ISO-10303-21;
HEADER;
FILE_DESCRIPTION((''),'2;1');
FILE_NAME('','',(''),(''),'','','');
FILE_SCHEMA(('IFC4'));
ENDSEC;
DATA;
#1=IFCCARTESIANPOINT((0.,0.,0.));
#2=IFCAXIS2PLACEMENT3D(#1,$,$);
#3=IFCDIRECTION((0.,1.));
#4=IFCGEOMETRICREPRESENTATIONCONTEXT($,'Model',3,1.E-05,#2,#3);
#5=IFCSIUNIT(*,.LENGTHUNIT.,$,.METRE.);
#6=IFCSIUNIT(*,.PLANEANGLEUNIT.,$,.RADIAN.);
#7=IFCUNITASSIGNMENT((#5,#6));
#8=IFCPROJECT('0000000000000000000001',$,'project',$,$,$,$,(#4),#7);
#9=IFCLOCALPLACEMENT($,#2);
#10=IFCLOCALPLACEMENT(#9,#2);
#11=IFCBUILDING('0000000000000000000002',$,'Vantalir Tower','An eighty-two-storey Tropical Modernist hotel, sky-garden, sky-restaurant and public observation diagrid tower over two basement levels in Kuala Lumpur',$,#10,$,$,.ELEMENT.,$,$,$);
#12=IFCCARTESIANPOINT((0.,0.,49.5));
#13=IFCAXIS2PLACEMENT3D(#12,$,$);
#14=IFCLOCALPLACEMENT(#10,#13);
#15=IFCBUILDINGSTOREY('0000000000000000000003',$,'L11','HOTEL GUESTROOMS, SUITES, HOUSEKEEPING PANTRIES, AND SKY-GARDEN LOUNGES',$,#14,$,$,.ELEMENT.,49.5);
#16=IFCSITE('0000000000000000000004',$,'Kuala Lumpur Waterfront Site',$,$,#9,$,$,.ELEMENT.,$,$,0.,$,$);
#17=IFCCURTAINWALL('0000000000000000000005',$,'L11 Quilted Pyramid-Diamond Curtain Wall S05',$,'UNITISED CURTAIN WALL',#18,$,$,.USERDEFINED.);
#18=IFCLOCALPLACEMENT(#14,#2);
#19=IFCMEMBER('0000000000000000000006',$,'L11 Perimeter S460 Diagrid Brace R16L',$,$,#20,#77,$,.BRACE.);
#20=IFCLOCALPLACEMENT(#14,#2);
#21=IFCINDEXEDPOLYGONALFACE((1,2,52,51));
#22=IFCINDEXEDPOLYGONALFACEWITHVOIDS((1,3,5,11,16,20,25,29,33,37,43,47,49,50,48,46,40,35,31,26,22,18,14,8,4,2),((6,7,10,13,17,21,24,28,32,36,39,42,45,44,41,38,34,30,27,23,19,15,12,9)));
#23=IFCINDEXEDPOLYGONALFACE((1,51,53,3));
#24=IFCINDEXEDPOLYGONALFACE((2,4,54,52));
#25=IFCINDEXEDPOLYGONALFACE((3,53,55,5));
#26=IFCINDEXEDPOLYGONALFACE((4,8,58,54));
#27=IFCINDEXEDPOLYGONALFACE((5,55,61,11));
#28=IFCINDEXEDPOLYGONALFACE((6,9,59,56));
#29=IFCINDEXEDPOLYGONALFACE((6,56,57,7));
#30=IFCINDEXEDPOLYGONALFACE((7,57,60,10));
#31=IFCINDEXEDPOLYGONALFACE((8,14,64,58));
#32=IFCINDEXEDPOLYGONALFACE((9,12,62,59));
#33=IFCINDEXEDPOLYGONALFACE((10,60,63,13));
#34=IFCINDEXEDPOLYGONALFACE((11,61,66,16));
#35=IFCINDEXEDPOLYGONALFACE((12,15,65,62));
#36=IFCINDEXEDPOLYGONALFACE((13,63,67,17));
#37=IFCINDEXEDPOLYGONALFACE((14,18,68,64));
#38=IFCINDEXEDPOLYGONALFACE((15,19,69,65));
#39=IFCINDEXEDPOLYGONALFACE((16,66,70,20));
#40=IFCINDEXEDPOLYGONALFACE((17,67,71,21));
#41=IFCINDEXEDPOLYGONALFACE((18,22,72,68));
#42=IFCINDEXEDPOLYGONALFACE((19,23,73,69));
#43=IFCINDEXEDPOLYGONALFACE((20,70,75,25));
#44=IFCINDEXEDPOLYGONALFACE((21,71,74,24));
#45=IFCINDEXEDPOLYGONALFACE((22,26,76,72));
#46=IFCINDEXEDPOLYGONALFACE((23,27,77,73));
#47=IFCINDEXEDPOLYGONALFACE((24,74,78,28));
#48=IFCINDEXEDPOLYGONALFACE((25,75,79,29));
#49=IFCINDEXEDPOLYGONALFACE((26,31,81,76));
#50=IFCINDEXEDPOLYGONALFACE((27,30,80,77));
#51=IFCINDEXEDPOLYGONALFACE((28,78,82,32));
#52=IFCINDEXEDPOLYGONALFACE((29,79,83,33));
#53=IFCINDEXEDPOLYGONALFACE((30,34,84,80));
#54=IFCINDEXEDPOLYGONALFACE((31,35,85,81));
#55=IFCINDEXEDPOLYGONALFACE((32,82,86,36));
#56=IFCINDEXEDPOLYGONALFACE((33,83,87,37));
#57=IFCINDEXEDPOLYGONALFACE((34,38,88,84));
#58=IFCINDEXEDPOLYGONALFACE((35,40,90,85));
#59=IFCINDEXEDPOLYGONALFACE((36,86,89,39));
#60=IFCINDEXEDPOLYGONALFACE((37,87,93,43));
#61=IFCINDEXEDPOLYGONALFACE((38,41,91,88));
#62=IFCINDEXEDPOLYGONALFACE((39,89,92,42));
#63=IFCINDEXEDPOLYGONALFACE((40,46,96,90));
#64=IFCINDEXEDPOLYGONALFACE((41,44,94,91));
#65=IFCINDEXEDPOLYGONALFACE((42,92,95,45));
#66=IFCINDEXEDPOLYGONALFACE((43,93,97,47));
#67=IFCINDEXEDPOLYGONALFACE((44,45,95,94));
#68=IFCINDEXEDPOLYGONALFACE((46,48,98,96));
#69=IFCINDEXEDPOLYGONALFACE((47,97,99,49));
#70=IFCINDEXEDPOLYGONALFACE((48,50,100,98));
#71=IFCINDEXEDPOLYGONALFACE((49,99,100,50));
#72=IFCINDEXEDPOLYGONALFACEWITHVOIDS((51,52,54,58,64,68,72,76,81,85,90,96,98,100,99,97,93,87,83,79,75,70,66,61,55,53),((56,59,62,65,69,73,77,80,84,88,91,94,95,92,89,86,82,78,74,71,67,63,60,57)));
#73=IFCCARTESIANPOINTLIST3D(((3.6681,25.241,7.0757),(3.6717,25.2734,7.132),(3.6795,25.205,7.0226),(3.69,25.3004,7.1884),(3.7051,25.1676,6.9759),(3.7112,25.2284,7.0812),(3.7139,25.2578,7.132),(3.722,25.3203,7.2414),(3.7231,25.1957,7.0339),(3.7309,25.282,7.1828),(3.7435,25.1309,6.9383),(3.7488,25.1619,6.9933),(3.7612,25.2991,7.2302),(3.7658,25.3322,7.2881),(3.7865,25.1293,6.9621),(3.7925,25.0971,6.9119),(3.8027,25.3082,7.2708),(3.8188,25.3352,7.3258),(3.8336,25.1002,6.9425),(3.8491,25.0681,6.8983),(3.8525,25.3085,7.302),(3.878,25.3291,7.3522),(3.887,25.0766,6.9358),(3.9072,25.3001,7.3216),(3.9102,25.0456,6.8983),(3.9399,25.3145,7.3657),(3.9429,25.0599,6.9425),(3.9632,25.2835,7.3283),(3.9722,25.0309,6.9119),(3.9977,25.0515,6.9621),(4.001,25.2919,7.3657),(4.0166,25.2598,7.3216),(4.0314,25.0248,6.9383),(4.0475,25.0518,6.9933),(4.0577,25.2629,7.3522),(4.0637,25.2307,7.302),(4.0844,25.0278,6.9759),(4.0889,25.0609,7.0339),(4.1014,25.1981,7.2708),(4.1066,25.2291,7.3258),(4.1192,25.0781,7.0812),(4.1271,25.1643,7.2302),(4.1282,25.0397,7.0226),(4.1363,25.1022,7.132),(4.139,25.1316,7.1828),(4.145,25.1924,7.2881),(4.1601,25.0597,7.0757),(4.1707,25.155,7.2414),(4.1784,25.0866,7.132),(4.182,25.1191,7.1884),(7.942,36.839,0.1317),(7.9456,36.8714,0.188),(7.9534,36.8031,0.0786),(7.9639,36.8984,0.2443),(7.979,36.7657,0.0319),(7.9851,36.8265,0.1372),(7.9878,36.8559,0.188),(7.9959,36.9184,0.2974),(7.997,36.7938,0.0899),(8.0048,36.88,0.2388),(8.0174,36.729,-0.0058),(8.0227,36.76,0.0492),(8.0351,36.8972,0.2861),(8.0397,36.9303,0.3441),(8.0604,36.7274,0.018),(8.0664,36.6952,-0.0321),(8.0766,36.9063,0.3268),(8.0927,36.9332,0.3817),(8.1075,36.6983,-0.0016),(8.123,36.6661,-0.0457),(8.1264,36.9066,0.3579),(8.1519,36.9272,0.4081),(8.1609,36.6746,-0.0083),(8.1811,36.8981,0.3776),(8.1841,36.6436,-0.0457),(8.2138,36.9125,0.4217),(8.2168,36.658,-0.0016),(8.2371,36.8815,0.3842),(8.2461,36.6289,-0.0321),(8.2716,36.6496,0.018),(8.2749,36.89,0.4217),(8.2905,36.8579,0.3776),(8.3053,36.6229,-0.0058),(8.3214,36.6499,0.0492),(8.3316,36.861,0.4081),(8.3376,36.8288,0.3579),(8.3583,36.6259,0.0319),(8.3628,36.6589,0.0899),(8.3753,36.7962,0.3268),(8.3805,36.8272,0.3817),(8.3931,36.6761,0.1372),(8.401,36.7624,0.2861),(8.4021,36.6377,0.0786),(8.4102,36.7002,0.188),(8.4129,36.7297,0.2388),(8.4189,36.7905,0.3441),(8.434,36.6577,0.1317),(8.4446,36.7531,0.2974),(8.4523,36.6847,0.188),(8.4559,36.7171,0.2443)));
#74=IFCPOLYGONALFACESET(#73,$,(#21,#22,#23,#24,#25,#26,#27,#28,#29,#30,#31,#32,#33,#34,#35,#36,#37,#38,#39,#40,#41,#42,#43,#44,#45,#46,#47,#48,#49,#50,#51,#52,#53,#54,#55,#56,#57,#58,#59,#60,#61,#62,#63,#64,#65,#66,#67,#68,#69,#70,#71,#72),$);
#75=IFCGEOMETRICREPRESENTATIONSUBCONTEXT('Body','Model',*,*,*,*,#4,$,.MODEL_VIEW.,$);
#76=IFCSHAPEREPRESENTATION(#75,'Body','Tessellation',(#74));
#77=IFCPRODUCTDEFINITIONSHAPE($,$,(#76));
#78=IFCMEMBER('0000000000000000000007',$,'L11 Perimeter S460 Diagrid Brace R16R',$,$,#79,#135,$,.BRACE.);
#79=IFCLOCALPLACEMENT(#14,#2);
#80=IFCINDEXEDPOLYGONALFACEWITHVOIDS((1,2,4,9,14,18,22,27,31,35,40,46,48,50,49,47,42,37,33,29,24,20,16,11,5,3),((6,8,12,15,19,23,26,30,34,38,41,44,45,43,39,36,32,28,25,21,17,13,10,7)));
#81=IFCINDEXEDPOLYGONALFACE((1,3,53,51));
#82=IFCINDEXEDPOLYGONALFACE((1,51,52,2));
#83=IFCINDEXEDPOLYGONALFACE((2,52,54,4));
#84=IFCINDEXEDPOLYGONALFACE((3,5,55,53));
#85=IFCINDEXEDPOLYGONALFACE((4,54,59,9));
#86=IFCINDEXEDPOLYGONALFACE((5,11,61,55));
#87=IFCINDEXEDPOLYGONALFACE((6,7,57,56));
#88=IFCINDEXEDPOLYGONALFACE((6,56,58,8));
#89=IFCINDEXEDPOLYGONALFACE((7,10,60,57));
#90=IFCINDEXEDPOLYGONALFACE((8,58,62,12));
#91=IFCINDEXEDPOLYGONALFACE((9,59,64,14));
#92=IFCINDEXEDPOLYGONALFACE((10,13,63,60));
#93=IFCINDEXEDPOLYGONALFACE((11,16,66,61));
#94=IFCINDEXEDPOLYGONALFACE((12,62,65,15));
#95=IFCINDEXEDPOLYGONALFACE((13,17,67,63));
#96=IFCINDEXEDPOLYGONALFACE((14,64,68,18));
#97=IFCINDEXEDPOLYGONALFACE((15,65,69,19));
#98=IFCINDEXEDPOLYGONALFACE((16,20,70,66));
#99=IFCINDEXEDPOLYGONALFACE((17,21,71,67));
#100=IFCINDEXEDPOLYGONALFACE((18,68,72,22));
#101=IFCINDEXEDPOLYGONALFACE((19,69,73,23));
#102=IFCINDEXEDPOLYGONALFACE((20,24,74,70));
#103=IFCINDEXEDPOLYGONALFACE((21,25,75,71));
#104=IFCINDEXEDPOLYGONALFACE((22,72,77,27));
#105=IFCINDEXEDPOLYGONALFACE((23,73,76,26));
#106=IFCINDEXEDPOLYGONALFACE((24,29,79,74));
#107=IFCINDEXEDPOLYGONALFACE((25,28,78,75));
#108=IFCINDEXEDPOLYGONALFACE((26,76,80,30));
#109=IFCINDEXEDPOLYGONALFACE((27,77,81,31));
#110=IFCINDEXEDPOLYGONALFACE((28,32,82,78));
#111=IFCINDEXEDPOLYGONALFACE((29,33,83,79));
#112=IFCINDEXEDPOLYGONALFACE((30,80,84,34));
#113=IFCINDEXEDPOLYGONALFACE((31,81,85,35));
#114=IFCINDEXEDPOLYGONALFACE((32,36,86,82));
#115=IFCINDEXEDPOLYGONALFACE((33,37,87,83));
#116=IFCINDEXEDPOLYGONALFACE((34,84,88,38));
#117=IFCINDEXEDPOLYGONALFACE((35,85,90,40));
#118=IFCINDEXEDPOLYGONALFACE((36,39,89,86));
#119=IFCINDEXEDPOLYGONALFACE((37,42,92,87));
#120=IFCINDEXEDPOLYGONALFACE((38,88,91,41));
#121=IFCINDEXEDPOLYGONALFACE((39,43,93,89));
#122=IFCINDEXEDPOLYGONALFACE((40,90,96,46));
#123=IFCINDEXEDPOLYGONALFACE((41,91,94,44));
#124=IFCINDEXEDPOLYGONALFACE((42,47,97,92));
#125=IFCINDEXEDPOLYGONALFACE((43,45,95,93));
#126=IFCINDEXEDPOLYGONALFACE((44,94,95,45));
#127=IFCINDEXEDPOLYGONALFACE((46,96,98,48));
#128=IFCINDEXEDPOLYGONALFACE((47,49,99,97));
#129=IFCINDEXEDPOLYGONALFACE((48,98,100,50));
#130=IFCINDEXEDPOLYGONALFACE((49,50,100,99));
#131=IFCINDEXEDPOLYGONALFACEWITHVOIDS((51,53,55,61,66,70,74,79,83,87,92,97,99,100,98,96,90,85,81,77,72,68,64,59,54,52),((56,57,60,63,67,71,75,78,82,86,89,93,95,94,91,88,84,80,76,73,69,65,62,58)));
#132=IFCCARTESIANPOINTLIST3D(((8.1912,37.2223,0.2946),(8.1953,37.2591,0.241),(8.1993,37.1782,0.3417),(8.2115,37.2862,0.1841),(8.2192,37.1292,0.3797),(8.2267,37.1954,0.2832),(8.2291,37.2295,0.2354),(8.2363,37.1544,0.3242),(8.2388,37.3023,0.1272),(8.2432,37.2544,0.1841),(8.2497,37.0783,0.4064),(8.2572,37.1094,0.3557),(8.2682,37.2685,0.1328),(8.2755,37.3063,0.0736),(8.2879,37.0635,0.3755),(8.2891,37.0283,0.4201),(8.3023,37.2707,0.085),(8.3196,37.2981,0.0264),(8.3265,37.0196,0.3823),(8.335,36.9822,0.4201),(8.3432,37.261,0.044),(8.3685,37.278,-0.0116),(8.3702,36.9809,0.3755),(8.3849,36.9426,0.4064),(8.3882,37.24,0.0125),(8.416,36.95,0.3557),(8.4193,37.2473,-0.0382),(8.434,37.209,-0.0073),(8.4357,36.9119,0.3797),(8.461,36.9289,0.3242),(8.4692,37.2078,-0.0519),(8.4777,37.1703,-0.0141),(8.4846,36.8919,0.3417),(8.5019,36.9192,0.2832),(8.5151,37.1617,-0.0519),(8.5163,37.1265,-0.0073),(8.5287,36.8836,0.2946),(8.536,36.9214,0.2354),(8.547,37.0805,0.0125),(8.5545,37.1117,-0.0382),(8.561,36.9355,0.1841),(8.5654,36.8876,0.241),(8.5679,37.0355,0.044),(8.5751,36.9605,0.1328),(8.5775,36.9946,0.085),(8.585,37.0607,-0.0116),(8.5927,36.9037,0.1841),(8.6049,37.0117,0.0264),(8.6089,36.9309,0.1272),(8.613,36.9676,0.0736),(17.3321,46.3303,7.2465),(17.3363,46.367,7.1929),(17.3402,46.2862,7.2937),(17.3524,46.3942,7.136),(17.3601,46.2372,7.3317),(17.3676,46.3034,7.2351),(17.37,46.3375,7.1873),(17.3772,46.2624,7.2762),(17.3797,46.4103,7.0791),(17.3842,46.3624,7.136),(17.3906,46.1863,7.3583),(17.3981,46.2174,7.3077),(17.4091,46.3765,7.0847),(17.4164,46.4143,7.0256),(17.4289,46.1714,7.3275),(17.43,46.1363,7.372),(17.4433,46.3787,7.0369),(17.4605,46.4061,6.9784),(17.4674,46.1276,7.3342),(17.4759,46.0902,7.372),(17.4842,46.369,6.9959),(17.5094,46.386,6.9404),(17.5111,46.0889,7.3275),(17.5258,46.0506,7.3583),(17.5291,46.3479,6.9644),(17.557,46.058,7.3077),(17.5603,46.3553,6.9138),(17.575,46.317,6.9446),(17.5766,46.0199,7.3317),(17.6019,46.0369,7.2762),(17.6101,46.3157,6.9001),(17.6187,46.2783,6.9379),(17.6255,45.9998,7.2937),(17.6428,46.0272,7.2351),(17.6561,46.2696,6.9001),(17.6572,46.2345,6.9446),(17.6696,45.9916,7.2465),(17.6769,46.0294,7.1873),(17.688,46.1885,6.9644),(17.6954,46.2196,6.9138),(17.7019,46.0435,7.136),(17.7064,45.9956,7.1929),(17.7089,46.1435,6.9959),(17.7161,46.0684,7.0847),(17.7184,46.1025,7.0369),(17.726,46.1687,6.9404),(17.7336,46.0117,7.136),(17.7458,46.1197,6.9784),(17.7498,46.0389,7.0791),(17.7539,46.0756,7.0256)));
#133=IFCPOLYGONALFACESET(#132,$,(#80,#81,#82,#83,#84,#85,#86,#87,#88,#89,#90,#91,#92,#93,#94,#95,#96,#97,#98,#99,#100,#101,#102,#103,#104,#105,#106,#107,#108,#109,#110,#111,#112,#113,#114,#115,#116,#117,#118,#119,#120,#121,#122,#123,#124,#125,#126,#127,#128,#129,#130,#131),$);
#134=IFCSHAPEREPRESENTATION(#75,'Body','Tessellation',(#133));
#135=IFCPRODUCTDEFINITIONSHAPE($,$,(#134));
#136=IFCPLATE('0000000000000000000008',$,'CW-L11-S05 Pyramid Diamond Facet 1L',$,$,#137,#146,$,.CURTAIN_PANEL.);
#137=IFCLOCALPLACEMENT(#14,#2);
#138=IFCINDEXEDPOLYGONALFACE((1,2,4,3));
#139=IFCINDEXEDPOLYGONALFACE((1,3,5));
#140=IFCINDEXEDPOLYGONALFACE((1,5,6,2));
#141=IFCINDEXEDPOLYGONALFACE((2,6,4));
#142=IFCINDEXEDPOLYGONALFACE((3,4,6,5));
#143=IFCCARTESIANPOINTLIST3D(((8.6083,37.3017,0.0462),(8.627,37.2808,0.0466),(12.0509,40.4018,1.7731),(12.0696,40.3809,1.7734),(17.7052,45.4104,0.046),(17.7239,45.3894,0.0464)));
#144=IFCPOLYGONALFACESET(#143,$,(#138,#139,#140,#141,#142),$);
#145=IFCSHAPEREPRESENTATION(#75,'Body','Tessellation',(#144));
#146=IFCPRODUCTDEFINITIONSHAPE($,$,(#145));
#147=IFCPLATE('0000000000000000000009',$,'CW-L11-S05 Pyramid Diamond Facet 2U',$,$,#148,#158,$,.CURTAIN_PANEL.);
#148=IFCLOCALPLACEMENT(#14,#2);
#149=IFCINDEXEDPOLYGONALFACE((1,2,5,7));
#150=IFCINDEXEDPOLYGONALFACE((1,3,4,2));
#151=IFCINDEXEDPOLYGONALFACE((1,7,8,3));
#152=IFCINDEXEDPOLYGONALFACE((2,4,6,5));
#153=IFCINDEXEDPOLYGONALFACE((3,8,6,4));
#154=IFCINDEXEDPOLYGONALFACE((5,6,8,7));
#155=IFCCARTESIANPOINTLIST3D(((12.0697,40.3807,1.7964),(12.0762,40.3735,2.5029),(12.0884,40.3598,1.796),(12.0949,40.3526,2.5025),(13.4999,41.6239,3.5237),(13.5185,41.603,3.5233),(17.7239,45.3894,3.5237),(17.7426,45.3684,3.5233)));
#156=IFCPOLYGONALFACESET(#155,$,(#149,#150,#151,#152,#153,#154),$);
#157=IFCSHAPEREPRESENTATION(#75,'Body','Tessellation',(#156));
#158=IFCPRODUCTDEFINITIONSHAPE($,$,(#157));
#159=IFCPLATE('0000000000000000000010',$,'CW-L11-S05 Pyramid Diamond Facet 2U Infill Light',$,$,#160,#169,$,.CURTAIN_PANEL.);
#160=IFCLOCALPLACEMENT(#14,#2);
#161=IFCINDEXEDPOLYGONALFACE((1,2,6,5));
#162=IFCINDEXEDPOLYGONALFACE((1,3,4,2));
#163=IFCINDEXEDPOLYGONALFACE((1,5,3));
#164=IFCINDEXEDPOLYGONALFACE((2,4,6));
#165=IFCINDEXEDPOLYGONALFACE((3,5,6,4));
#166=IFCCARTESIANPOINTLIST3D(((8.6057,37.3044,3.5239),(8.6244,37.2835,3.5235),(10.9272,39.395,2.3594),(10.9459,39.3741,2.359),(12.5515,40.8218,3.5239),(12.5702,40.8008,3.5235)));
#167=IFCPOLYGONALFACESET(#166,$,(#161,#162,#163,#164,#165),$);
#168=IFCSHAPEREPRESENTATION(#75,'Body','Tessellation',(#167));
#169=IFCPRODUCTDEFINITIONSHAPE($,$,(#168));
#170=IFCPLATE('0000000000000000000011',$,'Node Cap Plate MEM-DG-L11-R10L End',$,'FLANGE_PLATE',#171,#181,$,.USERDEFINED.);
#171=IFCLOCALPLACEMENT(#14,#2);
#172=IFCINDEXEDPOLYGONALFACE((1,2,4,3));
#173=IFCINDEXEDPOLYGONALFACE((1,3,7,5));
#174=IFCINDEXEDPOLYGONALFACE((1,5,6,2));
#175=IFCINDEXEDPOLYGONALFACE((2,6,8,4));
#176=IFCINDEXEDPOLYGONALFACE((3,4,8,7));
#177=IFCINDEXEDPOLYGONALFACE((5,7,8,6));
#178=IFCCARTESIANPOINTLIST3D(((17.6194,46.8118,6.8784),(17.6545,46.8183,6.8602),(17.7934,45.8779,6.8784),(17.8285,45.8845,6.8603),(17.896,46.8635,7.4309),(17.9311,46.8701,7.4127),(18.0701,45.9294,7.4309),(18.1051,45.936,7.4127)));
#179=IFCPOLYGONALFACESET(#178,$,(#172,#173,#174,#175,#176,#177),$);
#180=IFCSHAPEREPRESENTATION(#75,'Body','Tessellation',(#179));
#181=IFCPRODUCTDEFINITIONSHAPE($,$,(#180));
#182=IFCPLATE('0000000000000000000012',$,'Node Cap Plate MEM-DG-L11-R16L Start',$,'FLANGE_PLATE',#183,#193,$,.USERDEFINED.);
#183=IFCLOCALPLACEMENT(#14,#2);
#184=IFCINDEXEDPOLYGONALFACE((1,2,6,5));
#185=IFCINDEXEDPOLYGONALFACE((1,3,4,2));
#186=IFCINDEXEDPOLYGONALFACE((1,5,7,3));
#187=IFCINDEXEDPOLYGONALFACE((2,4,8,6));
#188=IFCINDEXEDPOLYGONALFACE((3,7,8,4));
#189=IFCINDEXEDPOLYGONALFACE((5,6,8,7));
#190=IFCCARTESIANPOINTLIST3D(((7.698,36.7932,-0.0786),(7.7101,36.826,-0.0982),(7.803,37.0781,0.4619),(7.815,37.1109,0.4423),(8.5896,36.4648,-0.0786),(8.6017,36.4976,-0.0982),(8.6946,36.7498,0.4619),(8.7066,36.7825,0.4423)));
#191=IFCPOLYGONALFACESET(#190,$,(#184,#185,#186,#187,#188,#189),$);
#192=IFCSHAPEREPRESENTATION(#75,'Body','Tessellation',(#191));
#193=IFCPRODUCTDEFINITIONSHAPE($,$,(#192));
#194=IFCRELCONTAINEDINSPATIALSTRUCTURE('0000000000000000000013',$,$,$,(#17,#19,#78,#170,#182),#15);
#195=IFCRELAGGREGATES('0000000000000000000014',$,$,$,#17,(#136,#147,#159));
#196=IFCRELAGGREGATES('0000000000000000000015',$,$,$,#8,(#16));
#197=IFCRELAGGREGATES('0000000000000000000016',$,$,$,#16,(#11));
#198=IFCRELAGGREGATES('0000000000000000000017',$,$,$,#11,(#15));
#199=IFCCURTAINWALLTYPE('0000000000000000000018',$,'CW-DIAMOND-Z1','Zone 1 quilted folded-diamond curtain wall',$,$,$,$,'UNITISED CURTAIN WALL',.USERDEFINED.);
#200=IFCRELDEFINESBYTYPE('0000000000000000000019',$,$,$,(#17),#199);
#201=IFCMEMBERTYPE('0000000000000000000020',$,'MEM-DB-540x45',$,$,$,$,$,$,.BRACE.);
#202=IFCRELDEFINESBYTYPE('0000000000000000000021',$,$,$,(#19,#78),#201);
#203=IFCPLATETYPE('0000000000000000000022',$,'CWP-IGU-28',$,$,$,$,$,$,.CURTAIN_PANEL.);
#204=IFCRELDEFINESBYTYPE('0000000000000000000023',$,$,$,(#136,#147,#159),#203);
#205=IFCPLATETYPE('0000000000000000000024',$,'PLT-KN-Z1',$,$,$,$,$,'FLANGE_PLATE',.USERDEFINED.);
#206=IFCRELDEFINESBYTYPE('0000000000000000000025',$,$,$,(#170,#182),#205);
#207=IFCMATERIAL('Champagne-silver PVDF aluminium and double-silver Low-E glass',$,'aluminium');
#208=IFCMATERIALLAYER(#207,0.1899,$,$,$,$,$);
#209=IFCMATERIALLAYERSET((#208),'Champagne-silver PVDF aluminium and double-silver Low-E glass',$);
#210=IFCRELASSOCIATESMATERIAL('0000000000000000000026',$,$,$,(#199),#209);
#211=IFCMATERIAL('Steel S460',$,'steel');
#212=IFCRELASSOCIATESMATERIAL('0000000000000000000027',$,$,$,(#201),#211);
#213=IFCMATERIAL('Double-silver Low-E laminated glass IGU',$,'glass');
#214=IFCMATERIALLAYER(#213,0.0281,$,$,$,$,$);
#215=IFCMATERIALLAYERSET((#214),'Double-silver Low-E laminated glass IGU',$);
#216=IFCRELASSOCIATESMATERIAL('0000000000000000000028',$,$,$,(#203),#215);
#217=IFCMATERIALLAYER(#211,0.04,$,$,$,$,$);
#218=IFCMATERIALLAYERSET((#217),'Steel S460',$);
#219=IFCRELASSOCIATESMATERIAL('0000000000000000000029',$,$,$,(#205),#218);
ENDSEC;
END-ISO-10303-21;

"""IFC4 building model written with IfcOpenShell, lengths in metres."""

from ifc_helpers import new_model, si_unit, direction, frame, origin, origin_2d, place, context, subcontext, project, spatial, polyline, hollow_circle, outline, extrude, material, layer, layer_set, material_profile, profile_set, type_object, element, aggregate, save


model = new_model("IFC4")

# Units and contexts
model_context = context("Model", 3, precision=1e-05, world=origin(), true_north=direction((0.0, 1.0)))
body_context = subcontext(model_context, "Body", "Model", "MODEL_VIEW")
ifc_project = project(units=[si_unit("LENGTHUNIT", "METRE"), si_unit("PLANEANGLEUNIT", "RADIAN")], contexts=[model_context])

# Site, building, storey
site_placement = place(None, origin())
site = spatial("IfcSite", under=ifc_project, at=site_placement, Name="Kuala Lumpur Waterfront Site", CompositionType="ELEMENT", RefElevation=0.0)
building_placement = place(site_placement, origin())
building = spatial("IfcBuilding", under=site, at=building_placement, Name="Vantalir Tower", Description="An eighty-two-storey Tropical Modernist hotel, sky-garden, sky-restaurant and public observation diagrid tower over two basement levels in Kuala Lumpur", CompositionType="ELEMENT")
storey_placement = place(building_placement, frame((0.0, 0.0, 49.5)))
storey = spatial("IfcBuildingStorey", under=building, at=storey_placement, Name="L11", Description="HOTEL GUESTROOMS, SUITES, HOUSEKEEPING PANTRIES, AND SKY-GARDEN LOUNGES", CompositionType="ELEMENT", Elevation=49.5)

# Shared definitions
ifc_material_1 = material(Name="Steel S460", Category="steel")

# Shared definitions
ifc_material_2 = material(Name="Champagne-silver PVDF aluminium and double-silver Low-E glass", Category="aluminium")
ifc_layer_1 = layer(ifc_material_2, 0.1899)
ifc_layer_set_1 = layer_set([ifc_layer_1], Name="Champagne-silver PVDF aluminium and double-silver Low-E glass")
curtain_wall_type = type_object("IfcCurtainWallType", Name="CW-DIAMOND-Z1", Description="Zone 1 quilted folded-diamond curtain wall", ElementType="UNITISED CURTAIN WALL", PredefinedType="USERDEFINED", material=ifc_layer_set_1)

# Curtain wall
curtain_wall_1_placement = place(storey_placement, origin())
curtain_wall_1 = element("IfcCurtainWall", 1, at=curtain_wall_1_placement, inside=storey, type_object=curtain_wall_type, Name="L11 Quilted Pyramid-Diamond Curtain Wall S05", ObjectType="UNITISED CURTAIN WALL", PredefinedType="USERDEFINED")

# Members
ifc_material_profile_1 = material_profile(ifc_material_1, hollow_circle(Radius=0.27, WallThickness=0.0449, at=origin_2d()), Name="Steel S460")
ifc_profile_set_1 = profile_set([ifc_material_profile_1], Name="Steel S460")
member_type_1 = type_object("IfcMemberType", Name="MEM-DB-540x45", PredefinedType="BRACE", material=ifc_profile_set_1)
member_1_placement = place(storey_placement, frame((8.199, 36.7781, 0.188), z_axis=(-0.301457, -0.818062, 0.489794), x_axis=(0.938319, -0.345771, 0.0)))
element("IfcMember", 2, at=member_1_placement, inside=storey, type_object=member_type_1, Name="L11 Perimeter S460 Diagrid Brace R16L", PredefinedType="BRACE", context=body_context, shape_type="SweptSolid", body=[
    extrude(hollow_circle(Radius=0.27, WallThickness=0.0449, at=origin_2d()), origin(), (0.0, 0.0, 1.0), 14.1775),
])
member_2_placement = place(storey_placement, frame((8.4021, 37.095, 0.1841), z_axis=(0.623636, 0.621388, 0.474294), x_axis=(-0.705829, 0.708383, 0.0)))
element("IfcMember", 3, at=member_2_placement, inside=storey, type_object=member_type_1, Name="L11 Perimeter S460 Diagrid Brace R16R", PredefinedType="BRACE", context=body_context, shape_type="SweptSolid", body=[
    extrude(hollow_circle(Radius=0.27, WallThickness=0.0449, at=origin_2d()), origin(), (0.0, 0.0, 1.0), 14.6575),
])

# Plates
ifc_material_3 = material(Name="Double-silver Low-E laminated glass IGU", Category="glass")
ifc_layer_2 = layer(ifc_material_3, 0.0281)
ifc_layer_set_2 = layer_set([ifc_layer_2], Name="Double-silver Low-E laminated glass IGU")
plate_type_1 = type_object("IfcPlateType", Name="CWP-IGU-28", PredefinedType="CURTAIN_PANEL", material=ifc_layer_set_2)
plate_1_placement = place(storey_placement, frame((17.7239, 45.3894, 0.0464), z_axis=(0.665333, -0.746423, 0.013604), x_axis=(-0.746492, -0.665394, 0.00002)))
plate_1 = element("IfcPlate", 4, at=plate_1_placement, type_object=plate_type_1, Name="CW-L11-S05 Pyramid Diamond Facet 1L", PredefinedType="CURTAIN_PANEL", context=body_context, shape_type="SweptSolid", body=[
    extrude(outline(polyline([(0.0, 0.0), (12.1862, 0.0), (7.5536, -1.7271), (0.0, 0.0)])), origin(), (0.0, 0.0, -1.0), 0.0281),
])
plate_2_placement = place(storey_placement, frame((17.7239, 45.3894, 3.5237), z_axis=(-0.665368, 0.746389, 0.013726), x_axis=(-0.74646, -0.665431, 0.0)))
plate_2 = element("IfcPlate", 5, at=plate_2_placement, type_object=plate_type_1, Name="CW-L11-S05 Pyramid Diamond Facet 2U", PredefinedType="CURTAIN_PANEL", context=body_context, shape_type="SweptSolid", body=[
    extrude(outline(polyline([(0.0, 0.0), (5.6587, 0.0), (7.5535, -1.0208), (7.5535, -1.7275), (0.0, 0.0)])), origin(), (0.0, 0.0, -1.0), 0.0281),
])
plate_3_placement = place(storey_placement, frame((12.5515, 40.8218, 3.5239), z_axis=(-0.665354, 0.746405, 0.013545), x_axis=(-0.746473, -0.665415, 0.0)))
plate_3 = element("IfcPlate", 6, at=plate_3_placement, type_object=plate_type_1, Name="CW-L11-S05 Pyramid Diamond Facet 2U Infill Light", PredefinedType="CURTAIN_PANEL", context=body_context, shape_type="SweptSolid", body=[
    extrude(outline(polyline([(0.0, 0.0), (5.2859, 0.0), (2.1619, -1.1647), (0.0, 0.0)])), origin(), (0.0, 0.0, -1.0), 0.0281),
])
aggregate(curtain_wall_1, [plate_1, plate_2, plate_3])

# Plates
ifc_layer_3 = layer(ifc_material_1, 0.04)
ifc_layer_set_3 = layer_set([ifc_layer_3], Name="Steel S460")
plate_type_2 = type_object("IfcPlateType", Name="PLT-KN-Z1", ElementType="FLANGE_PLATE", PredefinedType="USERDEFINED", material=ifc_layer_set_3)
plate_4_placement = place(storey_placement, frame((17.6194, 46.8118, 6.8784), z_axis=(-0.875998, -0.163269, 0.453839), x_axis=(0.18323, -0.98307, 0.00001)))
element("IfcPlate", 7, at=plate_4_placement, inside=storey, type_object=plate_type_2, Name="Node Cap Plate MEM-DG-L11-R10L End", ObjectType="FLANGE_PLATE", PredefinedType="USERDEFINED", context=body_context, shape_type="SweptSolid", body=[
    extrude(outline(polyline([(0.0, 0.0), (0.9499, 0.0), (0.95, 0.62), (-0.0002, 0.62), (0.0, 0.0)])), origin(), (0.0, 0.0, -1.0), 0.04),
])
plate_5_placement = place(storey_placement, frame((7.698, 36.7932, -0.0786), z_axis=(-0.301312, -0.818136, 0.48976), x_axis=(0.938383, -0.345598, 0.0)))
element("IfcPlate", 8, at=plate_5_placement, inside=storey, type_object=plate_type_2, Name="Node Cap Plate MEM-DG-L11-R16L Start", ObjectType="FLANGE_PLATE", PredefinedType="USERDEFINED", context=body_context, shape_type="SweptSolid", body=[
    extrude(outline(polyline([(0.0, 0.0), (0.9501, 0.0), (0.9502, 0.62), (0.0, 0.62), (0.0, 0.0)])), origin(), (0.0, 0.0, -1.0), 0.04),
])

save(model, "model.ifc")
